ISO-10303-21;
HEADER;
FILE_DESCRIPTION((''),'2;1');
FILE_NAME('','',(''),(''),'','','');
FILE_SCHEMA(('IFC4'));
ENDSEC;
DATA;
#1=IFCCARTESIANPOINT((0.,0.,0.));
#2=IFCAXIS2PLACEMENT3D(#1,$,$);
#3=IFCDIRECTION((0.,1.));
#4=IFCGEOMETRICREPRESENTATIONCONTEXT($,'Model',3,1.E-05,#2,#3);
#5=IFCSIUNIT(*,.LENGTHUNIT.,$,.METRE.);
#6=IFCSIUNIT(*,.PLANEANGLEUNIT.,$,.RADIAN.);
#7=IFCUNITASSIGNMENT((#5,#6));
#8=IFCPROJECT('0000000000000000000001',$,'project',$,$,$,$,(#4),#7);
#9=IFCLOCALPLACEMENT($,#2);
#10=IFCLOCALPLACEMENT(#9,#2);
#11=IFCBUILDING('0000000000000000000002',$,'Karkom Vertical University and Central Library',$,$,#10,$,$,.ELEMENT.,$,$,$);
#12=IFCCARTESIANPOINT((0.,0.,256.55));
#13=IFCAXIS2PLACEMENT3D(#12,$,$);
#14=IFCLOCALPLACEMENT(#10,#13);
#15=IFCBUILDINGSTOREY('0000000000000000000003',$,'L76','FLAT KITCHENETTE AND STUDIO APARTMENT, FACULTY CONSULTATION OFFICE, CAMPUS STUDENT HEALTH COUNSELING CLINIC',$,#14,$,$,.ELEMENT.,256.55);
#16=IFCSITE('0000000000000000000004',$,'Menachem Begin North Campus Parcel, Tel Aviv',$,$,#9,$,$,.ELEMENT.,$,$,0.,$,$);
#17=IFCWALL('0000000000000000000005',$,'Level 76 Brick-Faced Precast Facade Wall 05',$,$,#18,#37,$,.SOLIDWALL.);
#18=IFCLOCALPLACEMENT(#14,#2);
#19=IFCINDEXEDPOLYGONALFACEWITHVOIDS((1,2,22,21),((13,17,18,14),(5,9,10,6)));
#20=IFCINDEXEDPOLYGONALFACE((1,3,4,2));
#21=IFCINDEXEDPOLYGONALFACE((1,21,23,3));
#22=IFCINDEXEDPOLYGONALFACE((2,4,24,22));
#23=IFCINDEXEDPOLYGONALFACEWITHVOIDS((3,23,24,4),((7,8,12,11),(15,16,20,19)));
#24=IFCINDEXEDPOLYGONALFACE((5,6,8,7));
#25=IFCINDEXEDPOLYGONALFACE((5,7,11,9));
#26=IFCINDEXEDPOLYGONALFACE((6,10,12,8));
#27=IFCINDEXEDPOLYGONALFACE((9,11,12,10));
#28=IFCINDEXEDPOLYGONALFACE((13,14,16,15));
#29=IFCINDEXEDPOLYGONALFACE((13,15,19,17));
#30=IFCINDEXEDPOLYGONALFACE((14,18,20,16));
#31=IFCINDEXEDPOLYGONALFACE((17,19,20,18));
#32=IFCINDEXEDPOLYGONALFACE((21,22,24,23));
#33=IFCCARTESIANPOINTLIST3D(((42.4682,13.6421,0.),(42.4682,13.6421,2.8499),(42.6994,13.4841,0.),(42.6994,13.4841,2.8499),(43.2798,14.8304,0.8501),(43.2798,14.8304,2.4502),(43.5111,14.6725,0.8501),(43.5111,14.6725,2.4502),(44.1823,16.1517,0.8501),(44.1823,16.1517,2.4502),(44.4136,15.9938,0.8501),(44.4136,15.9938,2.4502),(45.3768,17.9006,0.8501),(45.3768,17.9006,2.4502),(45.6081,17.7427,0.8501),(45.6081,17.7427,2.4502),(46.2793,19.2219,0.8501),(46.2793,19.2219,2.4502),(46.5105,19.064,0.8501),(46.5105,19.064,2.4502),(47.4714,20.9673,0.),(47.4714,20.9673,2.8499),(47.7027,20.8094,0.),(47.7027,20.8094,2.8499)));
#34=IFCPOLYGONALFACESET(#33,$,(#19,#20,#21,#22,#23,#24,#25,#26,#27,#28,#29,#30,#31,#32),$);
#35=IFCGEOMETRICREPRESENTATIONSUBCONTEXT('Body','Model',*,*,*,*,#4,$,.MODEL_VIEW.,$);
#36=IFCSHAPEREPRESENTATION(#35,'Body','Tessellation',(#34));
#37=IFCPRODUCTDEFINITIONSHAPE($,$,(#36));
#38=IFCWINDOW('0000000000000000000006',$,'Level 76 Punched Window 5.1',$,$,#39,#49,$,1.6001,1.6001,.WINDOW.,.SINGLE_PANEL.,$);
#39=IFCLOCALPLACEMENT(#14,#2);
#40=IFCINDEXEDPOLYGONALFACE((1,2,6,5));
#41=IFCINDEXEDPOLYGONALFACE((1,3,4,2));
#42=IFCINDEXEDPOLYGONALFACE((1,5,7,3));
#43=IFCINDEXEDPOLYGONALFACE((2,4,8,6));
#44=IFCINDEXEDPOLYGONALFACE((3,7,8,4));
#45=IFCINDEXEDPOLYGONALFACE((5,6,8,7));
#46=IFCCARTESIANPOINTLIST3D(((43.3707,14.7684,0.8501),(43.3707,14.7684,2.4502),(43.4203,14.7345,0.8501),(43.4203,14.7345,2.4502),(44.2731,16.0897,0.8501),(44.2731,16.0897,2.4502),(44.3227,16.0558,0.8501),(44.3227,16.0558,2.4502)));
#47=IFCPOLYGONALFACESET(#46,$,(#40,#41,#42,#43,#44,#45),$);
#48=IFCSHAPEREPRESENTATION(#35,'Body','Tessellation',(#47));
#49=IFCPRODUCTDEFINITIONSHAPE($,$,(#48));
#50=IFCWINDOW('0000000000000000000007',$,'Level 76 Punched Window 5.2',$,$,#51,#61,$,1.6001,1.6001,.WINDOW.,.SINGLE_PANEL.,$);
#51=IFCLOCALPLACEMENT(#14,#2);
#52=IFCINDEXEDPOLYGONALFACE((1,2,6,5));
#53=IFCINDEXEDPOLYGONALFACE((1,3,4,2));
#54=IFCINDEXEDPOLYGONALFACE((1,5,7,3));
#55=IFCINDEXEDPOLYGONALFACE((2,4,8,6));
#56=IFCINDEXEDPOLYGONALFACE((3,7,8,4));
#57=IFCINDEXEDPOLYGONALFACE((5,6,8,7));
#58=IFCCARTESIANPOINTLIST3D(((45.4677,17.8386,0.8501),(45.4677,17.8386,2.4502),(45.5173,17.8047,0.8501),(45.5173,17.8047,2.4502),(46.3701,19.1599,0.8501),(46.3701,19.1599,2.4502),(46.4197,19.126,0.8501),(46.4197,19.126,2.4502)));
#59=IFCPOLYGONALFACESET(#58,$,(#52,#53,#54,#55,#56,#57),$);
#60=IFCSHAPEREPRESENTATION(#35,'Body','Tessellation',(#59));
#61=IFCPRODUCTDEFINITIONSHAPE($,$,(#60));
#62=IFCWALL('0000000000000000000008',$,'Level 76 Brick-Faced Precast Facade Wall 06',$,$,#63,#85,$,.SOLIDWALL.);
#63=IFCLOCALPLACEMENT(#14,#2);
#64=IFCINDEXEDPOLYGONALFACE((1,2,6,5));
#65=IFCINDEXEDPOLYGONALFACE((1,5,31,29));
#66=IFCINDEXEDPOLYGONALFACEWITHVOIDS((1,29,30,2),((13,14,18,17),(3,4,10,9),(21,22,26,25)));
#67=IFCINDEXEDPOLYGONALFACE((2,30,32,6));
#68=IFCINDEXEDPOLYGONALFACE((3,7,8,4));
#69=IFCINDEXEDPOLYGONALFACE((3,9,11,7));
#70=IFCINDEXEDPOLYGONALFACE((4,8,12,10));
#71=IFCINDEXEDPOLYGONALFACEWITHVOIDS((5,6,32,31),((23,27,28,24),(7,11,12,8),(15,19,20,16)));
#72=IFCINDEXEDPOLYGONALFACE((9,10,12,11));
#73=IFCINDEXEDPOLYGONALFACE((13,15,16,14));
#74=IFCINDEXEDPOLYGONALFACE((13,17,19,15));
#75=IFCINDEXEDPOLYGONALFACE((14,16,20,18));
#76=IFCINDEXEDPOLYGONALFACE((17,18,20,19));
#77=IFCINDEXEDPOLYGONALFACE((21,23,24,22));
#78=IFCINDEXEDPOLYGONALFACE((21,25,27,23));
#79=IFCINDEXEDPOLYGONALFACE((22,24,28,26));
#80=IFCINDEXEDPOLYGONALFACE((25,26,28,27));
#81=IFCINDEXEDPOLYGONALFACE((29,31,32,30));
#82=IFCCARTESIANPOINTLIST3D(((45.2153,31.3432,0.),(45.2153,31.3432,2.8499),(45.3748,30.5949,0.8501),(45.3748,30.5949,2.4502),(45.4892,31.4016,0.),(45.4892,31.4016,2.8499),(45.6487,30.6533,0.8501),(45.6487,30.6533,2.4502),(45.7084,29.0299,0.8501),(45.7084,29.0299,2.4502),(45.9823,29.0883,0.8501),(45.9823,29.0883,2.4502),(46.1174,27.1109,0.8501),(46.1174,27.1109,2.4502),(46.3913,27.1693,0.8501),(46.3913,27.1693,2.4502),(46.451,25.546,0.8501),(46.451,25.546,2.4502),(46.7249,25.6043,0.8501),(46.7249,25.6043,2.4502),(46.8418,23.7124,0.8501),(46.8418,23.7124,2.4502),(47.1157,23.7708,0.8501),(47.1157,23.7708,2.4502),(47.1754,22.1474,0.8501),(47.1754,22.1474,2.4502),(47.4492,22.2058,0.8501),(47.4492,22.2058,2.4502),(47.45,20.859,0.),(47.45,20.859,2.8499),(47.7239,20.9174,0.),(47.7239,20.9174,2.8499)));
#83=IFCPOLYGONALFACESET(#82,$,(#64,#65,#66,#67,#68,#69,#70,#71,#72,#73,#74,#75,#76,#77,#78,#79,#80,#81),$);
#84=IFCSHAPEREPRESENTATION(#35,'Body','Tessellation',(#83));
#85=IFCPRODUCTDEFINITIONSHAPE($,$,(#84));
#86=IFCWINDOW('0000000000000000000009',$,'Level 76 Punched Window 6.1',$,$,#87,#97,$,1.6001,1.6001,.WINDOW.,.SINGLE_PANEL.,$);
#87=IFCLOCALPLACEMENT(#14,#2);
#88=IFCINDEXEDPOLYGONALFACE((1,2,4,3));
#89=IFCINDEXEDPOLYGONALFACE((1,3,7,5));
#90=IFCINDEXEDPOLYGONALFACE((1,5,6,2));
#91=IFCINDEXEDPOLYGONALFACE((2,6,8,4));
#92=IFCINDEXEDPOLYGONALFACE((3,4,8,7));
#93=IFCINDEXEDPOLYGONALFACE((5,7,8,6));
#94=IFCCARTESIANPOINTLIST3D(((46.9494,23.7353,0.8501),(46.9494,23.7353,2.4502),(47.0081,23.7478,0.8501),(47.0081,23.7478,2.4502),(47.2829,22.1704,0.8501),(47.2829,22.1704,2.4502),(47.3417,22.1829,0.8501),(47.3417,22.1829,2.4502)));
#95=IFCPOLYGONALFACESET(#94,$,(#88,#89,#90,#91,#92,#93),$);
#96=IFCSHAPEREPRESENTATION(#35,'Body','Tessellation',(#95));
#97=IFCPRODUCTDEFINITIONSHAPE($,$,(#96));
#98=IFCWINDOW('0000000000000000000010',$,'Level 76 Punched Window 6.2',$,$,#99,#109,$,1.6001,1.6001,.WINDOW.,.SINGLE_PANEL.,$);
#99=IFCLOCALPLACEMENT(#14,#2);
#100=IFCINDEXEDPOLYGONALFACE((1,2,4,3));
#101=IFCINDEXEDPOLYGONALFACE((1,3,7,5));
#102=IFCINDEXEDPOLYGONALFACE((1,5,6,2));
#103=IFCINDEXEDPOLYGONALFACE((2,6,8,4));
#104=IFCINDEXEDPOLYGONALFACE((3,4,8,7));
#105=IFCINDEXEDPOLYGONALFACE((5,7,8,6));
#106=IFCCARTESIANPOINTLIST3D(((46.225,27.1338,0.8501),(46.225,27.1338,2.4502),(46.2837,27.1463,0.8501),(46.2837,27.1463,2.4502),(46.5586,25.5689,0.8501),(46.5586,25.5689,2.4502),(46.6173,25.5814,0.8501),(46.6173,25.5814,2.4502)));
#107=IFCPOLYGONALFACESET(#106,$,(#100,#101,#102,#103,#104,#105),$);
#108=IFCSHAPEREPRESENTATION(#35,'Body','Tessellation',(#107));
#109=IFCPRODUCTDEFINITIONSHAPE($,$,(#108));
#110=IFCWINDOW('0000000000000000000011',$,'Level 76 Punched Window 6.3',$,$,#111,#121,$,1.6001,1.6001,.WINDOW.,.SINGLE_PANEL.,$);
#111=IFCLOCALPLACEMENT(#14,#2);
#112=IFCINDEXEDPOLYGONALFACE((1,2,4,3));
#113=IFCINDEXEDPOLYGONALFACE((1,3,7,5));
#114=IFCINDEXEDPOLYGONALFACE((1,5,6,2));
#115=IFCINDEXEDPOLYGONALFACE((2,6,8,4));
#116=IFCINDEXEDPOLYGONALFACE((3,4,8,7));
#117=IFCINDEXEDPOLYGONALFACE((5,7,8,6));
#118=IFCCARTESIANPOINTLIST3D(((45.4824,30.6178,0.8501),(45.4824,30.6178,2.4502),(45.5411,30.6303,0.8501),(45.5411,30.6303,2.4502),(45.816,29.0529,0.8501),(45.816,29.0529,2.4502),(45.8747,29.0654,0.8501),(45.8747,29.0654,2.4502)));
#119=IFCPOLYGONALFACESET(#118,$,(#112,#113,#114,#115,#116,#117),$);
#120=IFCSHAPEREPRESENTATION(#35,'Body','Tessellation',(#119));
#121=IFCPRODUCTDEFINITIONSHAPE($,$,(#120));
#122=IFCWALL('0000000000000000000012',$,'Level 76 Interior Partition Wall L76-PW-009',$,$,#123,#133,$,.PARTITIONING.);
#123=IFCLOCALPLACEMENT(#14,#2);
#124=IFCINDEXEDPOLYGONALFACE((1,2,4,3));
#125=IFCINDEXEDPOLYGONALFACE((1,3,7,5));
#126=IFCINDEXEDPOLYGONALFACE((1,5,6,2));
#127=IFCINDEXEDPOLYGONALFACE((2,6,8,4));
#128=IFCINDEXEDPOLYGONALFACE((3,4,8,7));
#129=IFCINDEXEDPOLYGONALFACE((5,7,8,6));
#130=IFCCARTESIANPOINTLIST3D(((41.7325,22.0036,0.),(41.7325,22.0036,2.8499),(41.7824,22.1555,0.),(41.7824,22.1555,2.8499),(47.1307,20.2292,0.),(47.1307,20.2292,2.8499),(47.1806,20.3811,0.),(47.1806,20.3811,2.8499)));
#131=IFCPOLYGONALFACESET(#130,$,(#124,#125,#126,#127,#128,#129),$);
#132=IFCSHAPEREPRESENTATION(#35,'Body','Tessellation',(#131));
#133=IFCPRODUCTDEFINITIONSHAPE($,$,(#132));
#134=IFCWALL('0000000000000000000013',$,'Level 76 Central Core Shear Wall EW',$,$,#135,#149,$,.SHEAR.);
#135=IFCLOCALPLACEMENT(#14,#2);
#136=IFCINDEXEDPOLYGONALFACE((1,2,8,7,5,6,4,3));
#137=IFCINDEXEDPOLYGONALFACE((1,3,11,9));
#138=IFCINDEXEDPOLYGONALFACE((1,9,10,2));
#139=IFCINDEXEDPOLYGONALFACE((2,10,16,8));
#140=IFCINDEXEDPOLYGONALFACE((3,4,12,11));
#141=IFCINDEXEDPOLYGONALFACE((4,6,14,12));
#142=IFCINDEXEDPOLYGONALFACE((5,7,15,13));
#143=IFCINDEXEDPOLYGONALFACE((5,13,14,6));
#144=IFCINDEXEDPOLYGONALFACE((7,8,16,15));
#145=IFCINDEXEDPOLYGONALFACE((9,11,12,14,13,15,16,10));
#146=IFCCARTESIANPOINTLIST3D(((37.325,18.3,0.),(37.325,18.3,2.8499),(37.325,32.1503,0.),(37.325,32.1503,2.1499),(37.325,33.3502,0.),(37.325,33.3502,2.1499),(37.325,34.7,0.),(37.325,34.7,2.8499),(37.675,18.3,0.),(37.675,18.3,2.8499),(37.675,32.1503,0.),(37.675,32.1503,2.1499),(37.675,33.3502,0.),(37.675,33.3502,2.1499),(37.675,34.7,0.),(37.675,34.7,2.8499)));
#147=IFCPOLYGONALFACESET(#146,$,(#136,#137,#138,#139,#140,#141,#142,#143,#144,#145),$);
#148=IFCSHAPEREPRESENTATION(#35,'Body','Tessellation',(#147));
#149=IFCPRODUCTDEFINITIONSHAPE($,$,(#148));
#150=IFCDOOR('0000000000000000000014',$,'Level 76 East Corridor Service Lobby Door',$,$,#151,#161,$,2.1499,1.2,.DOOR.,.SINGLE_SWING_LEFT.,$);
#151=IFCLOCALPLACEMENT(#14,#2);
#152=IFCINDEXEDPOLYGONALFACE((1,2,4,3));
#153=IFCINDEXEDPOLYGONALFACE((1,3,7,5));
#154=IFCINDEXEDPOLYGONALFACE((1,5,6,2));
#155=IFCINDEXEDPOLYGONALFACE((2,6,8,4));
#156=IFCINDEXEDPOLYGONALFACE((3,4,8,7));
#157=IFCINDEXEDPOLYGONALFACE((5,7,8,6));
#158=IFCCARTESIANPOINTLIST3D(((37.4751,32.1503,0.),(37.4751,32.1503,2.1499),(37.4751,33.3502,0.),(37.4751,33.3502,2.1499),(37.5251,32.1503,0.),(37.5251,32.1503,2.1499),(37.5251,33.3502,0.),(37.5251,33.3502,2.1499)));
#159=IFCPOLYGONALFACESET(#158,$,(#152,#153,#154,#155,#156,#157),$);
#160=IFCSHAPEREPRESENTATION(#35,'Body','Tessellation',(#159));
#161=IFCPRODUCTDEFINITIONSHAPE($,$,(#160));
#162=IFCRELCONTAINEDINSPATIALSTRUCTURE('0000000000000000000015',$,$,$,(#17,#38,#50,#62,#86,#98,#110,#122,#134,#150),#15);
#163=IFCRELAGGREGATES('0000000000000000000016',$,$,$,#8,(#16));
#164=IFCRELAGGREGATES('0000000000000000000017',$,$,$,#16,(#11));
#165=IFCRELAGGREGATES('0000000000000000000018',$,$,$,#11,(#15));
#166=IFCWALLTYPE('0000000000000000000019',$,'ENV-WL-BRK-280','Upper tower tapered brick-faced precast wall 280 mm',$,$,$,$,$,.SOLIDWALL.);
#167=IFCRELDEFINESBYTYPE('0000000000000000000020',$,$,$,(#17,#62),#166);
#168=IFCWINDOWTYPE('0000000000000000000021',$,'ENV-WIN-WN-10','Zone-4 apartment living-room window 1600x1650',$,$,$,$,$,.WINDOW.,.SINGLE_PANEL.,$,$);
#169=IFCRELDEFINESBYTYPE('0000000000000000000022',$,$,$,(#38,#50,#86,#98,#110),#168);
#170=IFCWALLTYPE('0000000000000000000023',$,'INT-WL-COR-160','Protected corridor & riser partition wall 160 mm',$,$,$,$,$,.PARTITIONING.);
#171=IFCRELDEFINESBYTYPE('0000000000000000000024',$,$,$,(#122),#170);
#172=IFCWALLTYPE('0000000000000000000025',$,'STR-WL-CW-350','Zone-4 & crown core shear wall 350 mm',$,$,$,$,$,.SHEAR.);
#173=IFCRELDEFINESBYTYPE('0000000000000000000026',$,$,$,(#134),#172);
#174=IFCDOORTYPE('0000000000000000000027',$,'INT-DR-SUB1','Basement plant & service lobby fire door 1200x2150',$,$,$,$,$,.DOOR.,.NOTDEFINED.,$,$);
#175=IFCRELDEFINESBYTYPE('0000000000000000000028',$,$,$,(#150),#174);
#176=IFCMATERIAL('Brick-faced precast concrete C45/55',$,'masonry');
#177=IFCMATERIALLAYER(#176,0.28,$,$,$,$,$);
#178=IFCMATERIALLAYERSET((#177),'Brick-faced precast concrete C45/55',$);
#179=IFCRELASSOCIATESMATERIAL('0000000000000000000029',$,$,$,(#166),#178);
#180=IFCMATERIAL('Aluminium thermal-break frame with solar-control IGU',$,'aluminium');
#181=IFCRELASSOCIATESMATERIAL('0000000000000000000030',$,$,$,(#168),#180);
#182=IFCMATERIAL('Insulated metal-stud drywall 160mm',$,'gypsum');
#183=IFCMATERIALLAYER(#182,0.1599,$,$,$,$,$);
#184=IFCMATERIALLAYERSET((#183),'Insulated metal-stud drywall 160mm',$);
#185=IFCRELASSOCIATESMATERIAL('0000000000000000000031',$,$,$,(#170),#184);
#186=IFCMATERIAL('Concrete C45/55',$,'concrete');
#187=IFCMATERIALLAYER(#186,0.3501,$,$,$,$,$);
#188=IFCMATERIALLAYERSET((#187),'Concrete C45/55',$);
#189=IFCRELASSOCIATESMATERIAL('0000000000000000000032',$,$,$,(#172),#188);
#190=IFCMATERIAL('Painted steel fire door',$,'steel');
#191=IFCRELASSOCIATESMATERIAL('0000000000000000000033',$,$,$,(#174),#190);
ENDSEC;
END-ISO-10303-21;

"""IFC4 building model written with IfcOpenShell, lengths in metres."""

from ifc_helpers import new_model, si_unit, direction, frame, frame_2d, origin, origin_with_axes, place, context, subcontext, project, spatial, rectangle, extrude, source, transform, mapped, material, layer, layer_set, type_object, element, fill, save


model = new_model("IFC4")

# Units and contexts
model_context = context("Model", 3, precision=1e-05, world=origin(), true_north=direction((0.0, 1.0)))
body_context = subcontext(model_context, "Body", "Model", "MODEL_VIEW")
ifc_project = project(units=[si_unit("LENGTHUNIT", "METRE"), si_unit("PLANEANGLEUNIT", "RADIAN")], contexts=[model_context])

# Site, building, storey
site_placement = place(None, origin())
site = spatial("IfcSite", under=ifc_project, at=site_placement, Name="Menachem Begin North Campus Parcel, Tel Aviv", CompositionType="ELEMENT", RefElevation=0.0)
building_placement = place(site_placement, origin())
building = spatial("IfcBuilding", under=site, at=building_placement, Name="Karkom Vertical University and Central Library", CompositionType="ELEMENT")
storey_placement = place(building_placement, frame((0.0, 0.0, 256.55)))
storey = spatial("IfcBuildingStorey", under=building, at=storey_placement, Name="L76", Description="FLAT KITCHENETTE AND STUDIO APARTMENT, FACULTY CONSULTATION OFFICE, CAMPUS STUDENT HEALTH COUNSELING CLINIC", CompositionType="ELEMENT", Elevation=256.55)

# Shared definitions
ifc_material_1 = material(Name="Concrete C45/55", Category="concrete")

# Walls, openings, windows
ifc_material_2 = material(Name="Brick-faced precast concrete C45/55", Category="masonry")
ifc_layer_1 = layer(ifc_material_2, 0.28)
ifc_layer_set_1 = layer_set([ifc_layer_1], Name="Brick-faced precast concrete C45/55")
wall_type_1 = type_object("IfcWallType", Name="ENV-WL-BRK-280", Description="Upper tower tapered brick-faced precast wall 280 mm", PredefinedType="SOLIDWALL", material=ifc_layer_set_1)
wall_1_placement = place(storey_placement, frame((42.5837, 13.563, 0.0), z_axis=(0.0, 0.0, 1.0), x_axis=(0.564008, 0.825769, 0.0)))
wall_1 = element("IfcWall", 1, at=wall_1_placement, inside=storey, type_object=wall_type_1, Name="Level 76 Brick-Faced Precast Facade Wall 05", PredefinedType="SOLIDWALL", context=body_context, shape_type="SweptSolid", body=[
    extrude(rectangle(XDim=8.8708, YDim=0.28, at=frame_2d((4.4355, 0.0))), origin(), (0.0, 0.0, 1.0), 2.8499),
])
opening_1_placement = place(wall_1_placement, frame((1.4392, 0.0, 0.8501)))
opening_1 = element("IfcOpeningElement", 2, at=opening_1_placement, cuts=wall_1, PredefinedType="OPENING", context=body_context, shape_type="SweptSolid", body=[
    extrude(rectangle(XDim=1.6001, YDim=1.6001, at=frame_2d((0.8, 0.8))), frame((0.0, 0.1499, 0.0), z_axis=(0.0, -1.0, 0.0), x_axis=(1.0, 0.0, 0.0)), (0.0, 0.0, 1.0), 0.3),
])
opening_2_placement = place(wall_1_placement, frame((5.1572, 0.0, 0.8501)))
opening_2 = element("IfcOpeningElement", 3, at=opening_2_placement, cuts=wall_1, PredefinedType="OPENING", context=body_context, shape_type="SweptSolid", body=[
    extrude(rectangle(XDim=1.6001, YDim=1.6001, at=frame_2d((0.8, 0.8))), frame((0.0, 0.1499, 0.0), z_axis=(0.0, -1.0, 0.0), x_axis=(1.0, 0.0, 0.0)), (0.0, 0.0, 1.0), 0.3),
])
ifc_material_3 = material(Name="Aluminium thermal-break frame with solar-control IGU", Category="aluminium")
window_type = type_object("IfcWindowType", Name="ENV-WIN-WN-10", Description="Zone-4 apartment living-room window 1600x1650", PartitioningType="SINGLE_PANEL", PredefinedType="WINDOW", material=ifc_material_3)
shared_shape_1 = source(origin_with_axes(), body_context, "Body", "SweptSolid", [
    extrude(rectangle(XDim=1.6001, YDim=1.6001, at=frame_2d((0.8, 0.8))), frame((0.0, 0.03, 0.0), z_axis=(0.0, -1.0, 0.0), x_axis=(1.0, 0.0, 0.0)), (0.0, 0.0, 1.0), 0.0601),
])
window_1_placement = place(opening_1_placement, origin())
window_1 = element("IfcWindow", 4, at=window_1_placement, inside=storey, type_object=window_type, Name="Level 76 Punched Window 5.1", OverallHeight=1.6001, OverallWidth=1.6001, PartitioningType="SINGLE_PANEL", PredefinedType="WINDOW", context=body_context, shape_type="MappedRepresentation", body=[
    mapped(shared_shape_1, transform((0.0, 0.0, 0.0), scale=1.0)),
])
fill(opening_1, window_1)
window_2_placement = place(opening_2_placement, origin())
window_2 = element("IfcWindow", 5, at=window_2_placement, inside=storey, type_object=window_type, Name="Level 76 Punched Window 5.2", OverallHeight=1.6001, OverallWidth=1.6001, PartitioningType="SINGLE_PANEL", PredefinedType="WINDOW", context=body_context, shape_type="MappedRepresentation", body=[
    mapped(shared_shape_1, transform((0.0, 0.0, 0.0), scale=1.0)),
])
fill(opening_2, window_2)
wall_2_placement = place(storey_placement, frame((47.5869, 20.8882, 0.0), z_axis=(0.0, 0.0, 1.0), x_axis=(-0.20846, 0.978031, 0.0)))
wall_2 = element("IfcWall", 6, at=wall_2_placement, inside=storey, type_object=wall_type_1, Name="Level 76 Brick-Faced Precast Facade Wall 06", PredefinedType="SOLIDWALL", context=body_context, shape_type="SweptSolid", body=[
    extrude(rectangle(XDim=10.7197, YDim=0.28, at=frame_2d((5.3599, 0.0))), origin(), (0.0, 0.0, 1.0), 2.8499),
])
opening_3_placement = place(wall_2_placement, frame((1.3174, 0.0, 0.8501)))
opening_3 = element("IfcOpeningElement", 7, at=opening_3_placement, cuts=wall_2, PredefinedType="OPENING", context=body_context, shape_type="SweptSolid", body=[
    extrude(rectangle(XDim=1.6001, YDim=1.6001, at=frame_2d((0.8, 0.8))), frame((0.0, 0.1499, 0.0), z_axis=(0.0, -1.0, 0.0), x_axis=(1.0, 0.0, 0.0)), (0.0, 0.0, 1.0), 0.3),
])
opening_4_placement = place(wall_2_placement, frame((4.7922, 0.0, 0.8501)))
opening_4 = element("IfcOpeningElement", 8, at=opening_4_placement, cuts=wall_2, PredefinedType="OPENING", context=body_context, shape_type="SweptSolid", body=[
    extrude(rectangle(XDim=1.6001, YDim=1.6001, at=frame_2d((0.8, 0.8))), frame((0.0, 0.1499, 0.0), z_axis=(0.0, -1.0, 0.0), x_axis=(1.0, 0.0, 0.0)), (0.0, 0.0, 1.0), 0.3),
])
opening_5_placement = place(wall_2_placement, frame((8.3545, 0.0, 0.8501)))
opening_5 = element("IfcOpeningElement", 9, at=opening_5_placement, cuts=wall_2, PredefinedType="OPENING", context=body_context, shape_type="SweptSolid", body=[
    extrude(rectangle(XDim=1.6001, YDim=1.6001, at=frame_2d((0.8, 0.8))), frame((0.0, 0.1499, 0.0), z_axis=(0.0, -1.0, 0.0), x_axis=(1.0, 0.0, 0.0)), (0.0, 0.0, 1.0), 0.3),
])
window_3_placement = place(opening_3_placement, origin())
window_3 = element("IfcWindow", 10, at=window_3_placement, inside=storey, type_object=window_type, Name="Level 76 Punched Window 6.1", OverallHeight=1.6001, OverallWidth=1.6001, PartitioningType="SINGLE_PANEL", PredefinedType="WINDOW", context=body_context, shape_type="MappedRepresentation", body=[
    mapped(shared_shape_1, transform((0.0, 0.0, 0.0), scale=1.0)),
])
fill(opening_3, window_3)
window_4_placement = place(opening_4_placement, origin())
window_4 = element("IfcWindow", 11, at=window_4_placement, inside=storey, type_object=window_type, Name="Level 76 Punched Window 6.2", OverallHeight=1.6001, OverallWidth=1.6001, PartitioningType="SINGLE_PANEL", PredefinedType="WINDOW", context=body_context, shape_type="MappedRepresentation", body=[
    mapped(shared_shape_1, transform((0.0, 0.0, 0.0), scale=1.0)),
])
fill(opening_4, window_4)
window_5_placement = place(opening_5_placement, origin())
window_5 = element("IfcWindow", 12, at=window_5_placement, inside=storey, type_object=window_type, Name="Level 76 Punched Window 6.3", OverallHeight=1.6001, OverallWidth=1.6001, PartitioningType="SINGLE_PANEL", PredefinedType="WINDOW", context=body_context, shape_type="MappedRepresentation", body=[
    mapped(shared_shape_1, transform((0.0, 0.0, 0.0), scale=1.0)),
])
fill(opening_5, window_5)

# Shared definitions
ifc_material_4 = material(Name="Insulated metal-stud drywall 160mm", Category="gypsum")
ifc_layer_2 = layer(ifc_material_4, 0.1599)
ifc_layer_set_2 = layer_set([ifc_layer_2], Name="Insulated metal-stud drywall 160mm")
wall_type_2 = type_object("IfcWallType", Name="INT-WL-COR-160", Description="Protected corridor & riser partition wall 160 mm", PredefinedType="PARTITIONING", material=ifc_layer_set_2)

# Wall
wall_3_placement = place(storey_placement, frame((41.7573, 22.0796, 0.0), z_axis=(0.0, 0.0, 1.0), x_axis=(0.949994, -0.312268, 0.0)))
element("IfcWall", 13, at=wall_3_placement, inside=storey, type_object=wall_type_2, Name="Level 76 Interior Partition Wall L76-PW-009", PredefinedType="PARTITIONING", context=body_context, shape_type="SweptSolid", body=[
    extrude(rectangle(XDim=5.6824, YDim=0.1599, at=frame_2d((2.8413, 0.0))), origin(), (0.0, 0.0, 1.0), 2.8499),
])

# Wall, opening, door
ifc_layer_3 = layer(ifc_material_1, 0.3501)
ifc_layer_set_3 = layer_set([ifc_layer_3], Name="Concrete C45/55")
wall_type_3 = type_object("IfcWallType", Name="STR-WL-CW-350", Description="Zone-4 & crown core shear wall 350 mm", PredefinedType="SHEAR", material=ifc_layer_set_3)
wall_4_placement = place(storey_placement, frame((37.5, 18.3, 0.0), z_axis=(0.0, 0.0, 1.0), x_axis=(0.0, 1.0, 0.0)))
wall_4 = element("IfcWall", 14, at=wall_4_placement, inside=storey, type_object=wall_type_3, Name="Level 76 Central Core Shear Wall EW", PredefinedType="SHEAR", context=body_context, shape_type="SweptSolid", body=[
    extrude(rectangle(XDim=16.3999, YDim=0.3501, at=frame_2d((8.2, 0.0))), origin(), (0.0, 0.0, 1.0), 2.8499),
])
opening_6_placement = place(wall_4_placement, frame((13.8501, 0.0, 0.0)))
opening_6 = element("IfcOpeningElement", 15, at=opening_6_placement, cuts=wall_4, PredefinedType="OPENING", context=body_context, shape_type="SweptSolid", body=[
    extrude(rectangle(XDim=1.2, YDim=2.1499, at=frame_2d((0.6001, 1.075))), frame((0.0, 0.1851, 0.0), z_axis=(0.0, -1.0, 0.0), x_axis=(1.0, 0.0, 0.0)), (0.0, 0.0, 1.0), 0.3701),
])
ifc_material_5 = material(Name="Painted steel fire door", Category="steel")
door_type_1 = type_object("IfcDoorType", Name="INT-DR-SUB1", Description="Basement plant & service lobby fire door 1200x2150", OperationType="NOTDEFINED", PredefinedType="DOOR", material=ifc_material_5)
shared_shape_2 = source(origin_with_axes(), body_context, "Body", "SweptSolid", [
    extrude(rectangle(XDim=1.2, YDim=2.1499, at=frame_2d((0.6001, 1.075))), frame((0.0, 0.0249, 0.0), z_axis=(0.0, -1.0, 0.0), x_axis=(1.0, 0.0, 0.0)), (0.0, 0.0, 1.0), 0.05),
])
door_1_placement = place(opening_6_placement, origin())
door_1 = element("IfcDoor", 16, at=door_1_placement, inside=storey, type_object=door_type_1, Name="Level 76 East Corridor Service Lobby Door", OperationType="SINGLE_SWING_LEFT", OverallHeight=2.1499, OverallWidth=1.2, PredefinedType="DOOR", context=body_context, shape_type="MappedRepresentation", body=[
    mapped(shared_shape_2, transform((0.0, 0.0, 0.0), scale=1.0)),
])
fill(opening_6, door_1)

save(model, "model.ifc")
